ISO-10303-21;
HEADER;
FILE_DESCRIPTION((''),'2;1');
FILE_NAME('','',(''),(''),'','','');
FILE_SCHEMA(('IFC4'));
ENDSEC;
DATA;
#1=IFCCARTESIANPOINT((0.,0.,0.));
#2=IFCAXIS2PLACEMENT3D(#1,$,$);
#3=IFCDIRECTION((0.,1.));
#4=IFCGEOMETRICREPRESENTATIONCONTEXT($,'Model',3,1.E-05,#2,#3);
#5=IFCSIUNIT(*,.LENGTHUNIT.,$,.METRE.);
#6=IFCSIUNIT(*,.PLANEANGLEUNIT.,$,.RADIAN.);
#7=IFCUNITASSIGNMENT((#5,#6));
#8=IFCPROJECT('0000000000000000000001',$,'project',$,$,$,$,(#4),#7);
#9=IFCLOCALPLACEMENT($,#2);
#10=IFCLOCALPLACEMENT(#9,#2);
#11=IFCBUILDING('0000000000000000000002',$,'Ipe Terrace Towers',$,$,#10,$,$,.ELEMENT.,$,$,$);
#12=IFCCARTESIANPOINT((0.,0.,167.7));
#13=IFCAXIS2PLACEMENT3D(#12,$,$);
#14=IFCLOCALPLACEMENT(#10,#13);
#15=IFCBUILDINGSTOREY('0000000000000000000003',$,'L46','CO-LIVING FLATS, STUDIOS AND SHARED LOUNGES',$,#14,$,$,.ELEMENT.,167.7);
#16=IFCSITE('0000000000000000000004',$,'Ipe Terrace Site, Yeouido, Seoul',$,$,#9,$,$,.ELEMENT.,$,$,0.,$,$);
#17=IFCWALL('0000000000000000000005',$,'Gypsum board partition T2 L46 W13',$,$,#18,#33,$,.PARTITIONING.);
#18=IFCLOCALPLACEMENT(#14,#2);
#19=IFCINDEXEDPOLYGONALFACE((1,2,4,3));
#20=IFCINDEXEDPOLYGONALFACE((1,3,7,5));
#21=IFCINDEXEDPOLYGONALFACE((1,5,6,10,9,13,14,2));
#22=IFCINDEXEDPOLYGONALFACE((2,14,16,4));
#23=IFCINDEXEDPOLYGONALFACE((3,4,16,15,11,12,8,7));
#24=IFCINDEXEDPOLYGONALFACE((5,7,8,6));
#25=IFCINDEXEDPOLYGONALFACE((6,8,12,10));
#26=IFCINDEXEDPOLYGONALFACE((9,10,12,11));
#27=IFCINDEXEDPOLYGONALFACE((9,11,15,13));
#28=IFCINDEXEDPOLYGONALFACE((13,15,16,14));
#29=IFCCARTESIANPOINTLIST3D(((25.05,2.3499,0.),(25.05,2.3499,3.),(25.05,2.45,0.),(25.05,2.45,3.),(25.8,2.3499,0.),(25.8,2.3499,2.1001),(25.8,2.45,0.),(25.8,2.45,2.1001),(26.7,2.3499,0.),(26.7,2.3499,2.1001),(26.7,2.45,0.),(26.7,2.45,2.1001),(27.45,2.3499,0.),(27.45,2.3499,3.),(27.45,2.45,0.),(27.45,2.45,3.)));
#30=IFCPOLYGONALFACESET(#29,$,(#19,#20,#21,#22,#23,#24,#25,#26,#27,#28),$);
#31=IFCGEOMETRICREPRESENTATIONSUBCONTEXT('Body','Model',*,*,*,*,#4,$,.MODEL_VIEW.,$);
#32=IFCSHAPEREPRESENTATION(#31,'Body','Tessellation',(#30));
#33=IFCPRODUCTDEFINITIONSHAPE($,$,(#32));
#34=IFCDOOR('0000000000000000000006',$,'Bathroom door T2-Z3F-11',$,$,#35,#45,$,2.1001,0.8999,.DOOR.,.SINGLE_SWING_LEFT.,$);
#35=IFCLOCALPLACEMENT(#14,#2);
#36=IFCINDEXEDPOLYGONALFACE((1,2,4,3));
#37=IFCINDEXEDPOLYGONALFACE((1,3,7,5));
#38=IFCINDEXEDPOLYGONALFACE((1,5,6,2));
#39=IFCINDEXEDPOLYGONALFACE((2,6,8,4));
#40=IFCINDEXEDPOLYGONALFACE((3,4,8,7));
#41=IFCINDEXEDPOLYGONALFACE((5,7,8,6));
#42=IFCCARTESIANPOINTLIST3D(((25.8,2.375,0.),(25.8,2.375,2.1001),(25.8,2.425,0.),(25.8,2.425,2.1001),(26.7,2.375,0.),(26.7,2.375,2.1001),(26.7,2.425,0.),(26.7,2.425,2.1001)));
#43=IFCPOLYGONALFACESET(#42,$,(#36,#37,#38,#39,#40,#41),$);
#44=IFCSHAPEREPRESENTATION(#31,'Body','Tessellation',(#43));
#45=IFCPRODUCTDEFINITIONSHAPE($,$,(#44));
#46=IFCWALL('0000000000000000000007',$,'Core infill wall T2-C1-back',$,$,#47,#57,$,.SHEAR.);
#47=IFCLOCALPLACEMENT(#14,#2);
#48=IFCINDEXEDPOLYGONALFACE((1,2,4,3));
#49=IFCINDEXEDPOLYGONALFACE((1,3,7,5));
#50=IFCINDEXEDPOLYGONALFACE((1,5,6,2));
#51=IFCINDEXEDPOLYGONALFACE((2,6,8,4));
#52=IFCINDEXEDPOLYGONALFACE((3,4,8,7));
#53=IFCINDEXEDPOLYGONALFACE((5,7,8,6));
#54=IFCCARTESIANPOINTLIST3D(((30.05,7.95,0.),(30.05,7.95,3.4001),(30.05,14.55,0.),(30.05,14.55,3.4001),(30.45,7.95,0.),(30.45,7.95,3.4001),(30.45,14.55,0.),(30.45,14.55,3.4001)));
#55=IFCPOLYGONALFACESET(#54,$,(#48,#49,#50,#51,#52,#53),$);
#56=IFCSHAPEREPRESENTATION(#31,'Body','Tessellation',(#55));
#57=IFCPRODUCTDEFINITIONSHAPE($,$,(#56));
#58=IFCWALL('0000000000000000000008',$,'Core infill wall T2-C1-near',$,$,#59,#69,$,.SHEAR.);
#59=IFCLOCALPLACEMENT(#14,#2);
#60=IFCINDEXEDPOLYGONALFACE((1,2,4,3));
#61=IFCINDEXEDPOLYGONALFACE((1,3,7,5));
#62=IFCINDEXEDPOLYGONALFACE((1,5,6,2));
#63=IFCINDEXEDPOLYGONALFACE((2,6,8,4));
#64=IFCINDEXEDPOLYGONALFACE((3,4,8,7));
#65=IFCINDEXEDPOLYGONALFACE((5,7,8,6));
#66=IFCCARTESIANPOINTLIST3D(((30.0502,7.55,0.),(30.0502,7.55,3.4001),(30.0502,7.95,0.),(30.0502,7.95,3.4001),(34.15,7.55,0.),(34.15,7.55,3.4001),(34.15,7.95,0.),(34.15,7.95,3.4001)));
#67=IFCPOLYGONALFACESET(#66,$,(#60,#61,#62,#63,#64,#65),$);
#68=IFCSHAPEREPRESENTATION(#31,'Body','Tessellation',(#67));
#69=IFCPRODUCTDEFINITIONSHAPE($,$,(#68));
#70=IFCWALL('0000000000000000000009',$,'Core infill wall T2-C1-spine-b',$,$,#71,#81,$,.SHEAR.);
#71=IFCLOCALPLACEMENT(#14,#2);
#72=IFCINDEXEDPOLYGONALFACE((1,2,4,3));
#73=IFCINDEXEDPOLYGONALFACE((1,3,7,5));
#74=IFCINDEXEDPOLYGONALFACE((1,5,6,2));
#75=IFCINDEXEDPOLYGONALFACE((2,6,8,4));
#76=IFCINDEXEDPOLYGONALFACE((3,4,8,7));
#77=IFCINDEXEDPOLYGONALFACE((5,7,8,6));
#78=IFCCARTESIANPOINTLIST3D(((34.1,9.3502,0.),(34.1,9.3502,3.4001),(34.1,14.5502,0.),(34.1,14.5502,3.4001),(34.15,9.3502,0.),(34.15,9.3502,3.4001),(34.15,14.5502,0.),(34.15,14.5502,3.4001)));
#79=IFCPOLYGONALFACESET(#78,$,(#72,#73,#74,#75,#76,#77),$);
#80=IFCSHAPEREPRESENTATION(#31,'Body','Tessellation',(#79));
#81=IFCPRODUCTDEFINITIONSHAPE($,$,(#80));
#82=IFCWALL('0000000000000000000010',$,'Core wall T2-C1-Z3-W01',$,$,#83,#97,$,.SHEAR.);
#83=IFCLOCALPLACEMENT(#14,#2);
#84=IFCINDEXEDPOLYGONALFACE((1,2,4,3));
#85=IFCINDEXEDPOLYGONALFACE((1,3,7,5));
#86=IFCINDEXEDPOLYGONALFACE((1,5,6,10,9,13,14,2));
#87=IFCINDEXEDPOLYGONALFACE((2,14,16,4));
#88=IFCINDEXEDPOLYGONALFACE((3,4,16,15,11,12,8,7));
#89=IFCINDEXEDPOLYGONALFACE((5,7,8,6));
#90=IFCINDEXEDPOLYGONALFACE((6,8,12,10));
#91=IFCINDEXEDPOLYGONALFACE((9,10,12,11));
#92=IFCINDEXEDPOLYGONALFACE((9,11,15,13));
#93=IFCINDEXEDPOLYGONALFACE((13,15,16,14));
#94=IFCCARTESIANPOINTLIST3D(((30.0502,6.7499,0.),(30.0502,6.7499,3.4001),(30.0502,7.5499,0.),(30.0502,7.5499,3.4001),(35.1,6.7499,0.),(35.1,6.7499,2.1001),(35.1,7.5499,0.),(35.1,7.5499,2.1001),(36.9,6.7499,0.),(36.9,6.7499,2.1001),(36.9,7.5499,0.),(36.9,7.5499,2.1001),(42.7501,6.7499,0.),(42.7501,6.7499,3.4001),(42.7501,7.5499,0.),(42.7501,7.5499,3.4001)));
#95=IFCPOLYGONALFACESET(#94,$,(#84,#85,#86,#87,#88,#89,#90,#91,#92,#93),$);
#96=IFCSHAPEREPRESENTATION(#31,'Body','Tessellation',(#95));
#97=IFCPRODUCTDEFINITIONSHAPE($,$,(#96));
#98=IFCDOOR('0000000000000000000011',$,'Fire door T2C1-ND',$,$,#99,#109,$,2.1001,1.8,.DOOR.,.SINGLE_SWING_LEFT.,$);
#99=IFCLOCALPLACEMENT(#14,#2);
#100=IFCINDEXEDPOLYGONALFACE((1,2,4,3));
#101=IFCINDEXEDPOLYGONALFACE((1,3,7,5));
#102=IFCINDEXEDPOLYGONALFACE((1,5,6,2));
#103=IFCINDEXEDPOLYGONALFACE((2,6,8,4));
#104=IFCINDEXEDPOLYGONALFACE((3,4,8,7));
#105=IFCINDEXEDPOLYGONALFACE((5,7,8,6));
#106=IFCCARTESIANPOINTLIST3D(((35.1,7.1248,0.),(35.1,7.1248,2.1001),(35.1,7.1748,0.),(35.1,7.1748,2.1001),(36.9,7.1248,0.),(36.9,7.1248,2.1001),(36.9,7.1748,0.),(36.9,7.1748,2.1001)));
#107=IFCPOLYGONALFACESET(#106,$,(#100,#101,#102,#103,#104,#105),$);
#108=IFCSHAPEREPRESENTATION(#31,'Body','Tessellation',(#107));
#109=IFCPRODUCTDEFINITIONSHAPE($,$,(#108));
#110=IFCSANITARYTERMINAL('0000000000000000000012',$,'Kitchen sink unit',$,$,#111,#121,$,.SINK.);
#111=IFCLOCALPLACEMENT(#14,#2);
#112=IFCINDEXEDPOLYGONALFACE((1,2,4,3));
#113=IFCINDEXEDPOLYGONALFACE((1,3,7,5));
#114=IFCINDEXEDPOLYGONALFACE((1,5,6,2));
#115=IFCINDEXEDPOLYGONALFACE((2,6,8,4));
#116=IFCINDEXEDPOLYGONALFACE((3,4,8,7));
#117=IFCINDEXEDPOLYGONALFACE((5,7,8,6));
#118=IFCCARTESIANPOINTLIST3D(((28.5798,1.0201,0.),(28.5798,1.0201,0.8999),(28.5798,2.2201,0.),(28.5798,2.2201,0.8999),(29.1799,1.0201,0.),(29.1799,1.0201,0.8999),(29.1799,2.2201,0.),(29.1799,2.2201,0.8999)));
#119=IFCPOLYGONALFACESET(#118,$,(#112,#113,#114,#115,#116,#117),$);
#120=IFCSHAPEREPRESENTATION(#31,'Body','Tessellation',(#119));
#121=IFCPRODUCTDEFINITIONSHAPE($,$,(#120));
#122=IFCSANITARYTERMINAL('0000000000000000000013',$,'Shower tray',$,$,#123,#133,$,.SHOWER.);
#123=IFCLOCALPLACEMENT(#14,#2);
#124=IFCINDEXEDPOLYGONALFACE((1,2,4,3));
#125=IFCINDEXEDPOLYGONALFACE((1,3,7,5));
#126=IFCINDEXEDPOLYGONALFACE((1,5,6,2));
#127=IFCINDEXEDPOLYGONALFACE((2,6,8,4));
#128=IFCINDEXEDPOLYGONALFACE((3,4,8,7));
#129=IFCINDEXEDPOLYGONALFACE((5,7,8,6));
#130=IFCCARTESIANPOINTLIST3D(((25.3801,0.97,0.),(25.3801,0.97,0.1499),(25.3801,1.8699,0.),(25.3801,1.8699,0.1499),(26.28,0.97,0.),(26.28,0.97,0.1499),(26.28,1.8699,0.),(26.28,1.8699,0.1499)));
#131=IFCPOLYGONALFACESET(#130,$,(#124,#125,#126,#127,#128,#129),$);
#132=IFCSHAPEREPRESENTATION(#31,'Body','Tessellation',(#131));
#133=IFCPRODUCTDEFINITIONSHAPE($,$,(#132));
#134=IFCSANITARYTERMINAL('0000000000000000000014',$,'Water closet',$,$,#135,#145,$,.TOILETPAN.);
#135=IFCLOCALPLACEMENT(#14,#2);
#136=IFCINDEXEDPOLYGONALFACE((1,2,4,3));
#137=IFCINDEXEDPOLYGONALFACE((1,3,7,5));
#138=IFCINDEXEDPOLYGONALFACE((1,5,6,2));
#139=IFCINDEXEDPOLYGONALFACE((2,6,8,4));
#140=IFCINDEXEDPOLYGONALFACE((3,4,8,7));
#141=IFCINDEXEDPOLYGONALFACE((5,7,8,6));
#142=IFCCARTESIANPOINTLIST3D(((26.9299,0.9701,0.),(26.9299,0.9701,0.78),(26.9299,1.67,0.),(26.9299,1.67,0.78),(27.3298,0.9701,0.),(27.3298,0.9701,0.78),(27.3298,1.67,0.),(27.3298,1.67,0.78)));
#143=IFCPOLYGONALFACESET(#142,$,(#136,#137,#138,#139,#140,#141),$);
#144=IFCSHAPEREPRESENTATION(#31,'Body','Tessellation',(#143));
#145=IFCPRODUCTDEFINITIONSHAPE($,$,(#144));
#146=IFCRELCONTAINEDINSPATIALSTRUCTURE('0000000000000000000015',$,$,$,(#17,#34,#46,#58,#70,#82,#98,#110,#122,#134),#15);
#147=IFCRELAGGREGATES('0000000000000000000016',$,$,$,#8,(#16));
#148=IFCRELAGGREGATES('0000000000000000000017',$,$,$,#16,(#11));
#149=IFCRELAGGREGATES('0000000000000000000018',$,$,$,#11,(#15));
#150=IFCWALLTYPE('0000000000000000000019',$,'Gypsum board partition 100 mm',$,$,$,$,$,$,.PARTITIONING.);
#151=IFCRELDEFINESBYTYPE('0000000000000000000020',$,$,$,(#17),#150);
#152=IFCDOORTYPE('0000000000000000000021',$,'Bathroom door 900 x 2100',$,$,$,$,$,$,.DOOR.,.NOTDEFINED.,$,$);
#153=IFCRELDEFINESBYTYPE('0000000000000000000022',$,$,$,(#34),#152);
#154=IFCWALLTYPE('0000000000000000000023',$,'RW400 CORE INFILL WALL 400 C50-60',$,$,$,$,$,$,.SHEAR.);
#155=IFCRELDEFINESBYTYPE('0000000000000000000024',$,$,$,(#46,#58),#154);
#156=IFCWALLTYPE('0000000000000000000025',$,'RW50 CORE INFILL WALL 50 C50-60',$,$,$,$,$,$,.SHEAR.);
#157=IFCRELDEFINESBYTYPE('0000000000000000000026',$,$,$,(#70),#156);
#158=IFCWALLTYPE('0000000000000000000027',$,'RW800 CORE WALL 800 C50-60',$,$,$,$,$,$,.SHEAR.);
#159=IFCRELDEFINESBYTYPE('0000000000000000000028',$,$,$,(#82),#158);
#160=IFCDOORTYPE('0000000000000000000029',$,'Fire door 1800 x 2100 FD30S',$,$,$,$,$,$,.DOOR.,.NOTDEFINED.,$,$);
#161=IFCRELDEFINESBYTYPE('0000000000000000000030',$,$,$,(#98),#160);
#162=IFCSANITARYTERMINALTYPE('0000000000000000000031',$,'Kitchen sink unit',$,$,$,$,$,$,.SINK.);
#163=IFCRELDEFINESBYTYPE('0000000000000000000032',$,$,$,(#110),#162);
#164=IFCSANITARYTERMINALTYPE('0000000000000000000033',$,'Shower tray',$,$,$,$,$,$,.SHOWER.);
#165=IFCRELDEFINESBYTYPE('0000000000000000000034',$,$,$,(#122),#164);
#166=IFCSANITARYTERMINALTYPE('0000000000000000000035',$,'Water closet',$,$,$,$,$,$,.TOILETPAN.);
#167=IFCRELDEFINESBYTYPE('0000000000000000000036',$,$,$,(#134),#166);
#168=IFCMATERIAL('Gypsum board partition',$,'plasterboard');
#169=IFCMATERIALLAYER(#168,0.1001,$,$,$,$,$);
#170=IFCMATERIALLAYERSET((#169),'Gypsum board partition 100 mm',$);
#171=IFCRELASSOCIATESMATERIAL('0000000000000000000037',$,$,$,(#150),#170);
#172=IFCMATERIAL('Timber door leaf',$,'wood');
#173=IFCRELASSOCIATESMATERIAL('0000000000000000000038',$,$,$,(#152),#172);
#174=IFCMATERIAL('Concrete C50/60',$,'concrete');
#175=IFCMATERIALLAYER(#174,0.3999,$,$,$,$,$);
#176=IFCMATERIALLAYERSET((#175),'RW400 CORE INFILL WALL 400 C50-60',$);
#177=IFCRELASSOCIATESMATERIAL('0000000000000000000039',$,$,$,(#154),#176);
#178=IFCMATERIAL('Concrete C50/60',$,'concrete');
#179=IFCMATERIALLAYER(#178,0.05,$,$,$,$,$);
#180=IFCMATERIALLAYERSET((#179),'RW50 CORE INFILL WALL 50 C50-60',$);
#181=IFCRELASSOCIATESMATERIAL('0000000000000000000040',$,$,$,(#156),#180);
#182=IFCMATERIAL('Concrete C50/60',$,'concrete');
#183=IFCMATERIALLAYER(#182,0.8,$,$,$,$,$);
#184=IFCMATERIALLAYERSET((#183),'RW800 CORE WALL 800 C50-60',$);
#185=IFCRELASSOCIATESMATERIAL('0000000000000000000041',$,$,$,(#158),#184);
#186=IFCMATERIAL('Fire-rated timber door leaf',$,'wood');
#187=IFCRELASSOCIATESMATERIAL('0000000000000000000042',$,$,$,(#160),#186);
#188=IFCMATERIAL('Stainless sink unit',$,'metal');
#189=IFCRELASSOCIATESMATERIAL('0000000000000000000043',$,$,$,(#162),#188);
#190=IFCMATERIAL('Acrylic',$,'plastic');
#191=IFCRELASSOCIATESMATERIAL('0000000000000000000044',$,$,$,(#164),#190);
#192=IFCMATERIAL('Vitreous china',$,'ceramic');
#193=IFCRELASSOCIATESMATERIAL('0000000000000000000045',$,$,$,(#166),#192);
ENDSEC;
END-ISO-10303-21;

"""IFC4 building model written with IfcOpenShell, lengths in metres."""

from ifc_helpers import new_model, si_unit, direction, frame, frame_2d, origin, origin_2d, place, context, subcontext, project, spatial, rectangle, extrude, material, layer, layer_set, type_object, element, fill, save


model = new_model("IFC4")

# Units and contexts
model_context = context("Model", 3, precision=1e-05, world=origin(), true_north=direction((0.0, 1.0)))
body_context = subcontext(model_context, "Body", "Model", "MODEL_VIEW")
ifc_project = project(units=[si_unit("LENGTHUNIT", "METRE"), si_unit("PLANEANGLEUNIT", "RADIAN")], contexts=[model_context])

# Site, building, storey
site_placement = place(None, origin())
site = spatial("IfcSite", under=ifc_project, at=site_placement, Name="Ipe Terrace Site, Yeouido, Seoul", CompositionType="ELEMENT", RefElevation=0.0)
building_placement = place(site_placement, origin())
building = spatial("IfcBuilding", under=site, at=building_placement, Name="Ipe Terrace Towers", CompositionType="ELEMENT")
storey_placement = place(building_placement, frame((0.0, 0.0, 167.7)))
storey = spatial("IfcBuildingStorey", under=building, at=storey_placement, Name="L46", Description="CO-LIVING FLATS, STUDIOS AND SHARED LOUNGES", CompositionType="ELEMENT", Elevation=167.7)

# Wall, opening, door
ifc_material_1 = material(Name="Gypsum board partition", Category="plasterboard")
ifc_layer_1 = layer(ifc_material_1, 0.1001)
ifc_layer_set_1 = layer_set([ifc_layer_1], Name="Gypsum board partition 100 mm")
wall_type_1 = type_object("IfcWallType", Name="Gypsum board partition 100 mm", PredefinedType="PARTITIONING", material=ifc_layer_set_1)
wall_1_placement = place(storey_placement, frame((27.45, 2.3999, 0.0), z_axis=(0.0, 0.0, 1.0), x_axis=(-1.0, 0.0, 0.0)))
wall_1 = element("IfcWall", 1, at=wall_1_placement, inside=storey, type_object=wall_type_1, Name="Gypsum board partition T2 L46 W13", PredefinedType="PARTITIONING", context=body_context, shape_type="SweptSolid", body=[
    extrude(rectangle(XDim=2.3999, YDim=0.1001, at=frame_2d((1.2, 0.0))), origin(), (0.0, 0.0, 1.0), 3.0),
])
opening_1_placement = place(wall_1_placement, frame((0.75, 0.0, 0.0)))
opening_1 = element("IfcOpeningElement", 2, at=opening_1_placement, cuts=wall_1, PredefinedType="OPENING", context=body_context, shape_type="SweptSolid", body=[
    extrude(rectangle(XDim=0.8999, YDim=2.1001, at=frame_2d((0.45, 1.05))), frame((0.0, 0.0601, 0.0), z_axis=(0.0, -1.0, 0.0), x_axis=(1.0, 0.0, 0.0)), (0.0, 0.0, 1.0), 0.1201),
])
ifc_material_2 = material(Name="Timber door leaf", Category="wood")
door_type_1 = type_object("IfcDoorType", Name="Bathroom door 900 x 2100", OperationType="NOTDEFINED", PredefinedType="DOOR", material=ifc_material_2)
door_1_placement = place(opening_1_placement, origin())
door_1 = element("IfcDoor", 3, at=door_1_placement, inside=storey, type_object=door_type_1, Name="Bathroom door T2-Z3F-11", OperationType="SINGLE_SWING_LEFT", OverallHeight=2.1001, OverallWidth=0.8999, PredefinedType="DOOR", context=body_context, shape_type="SweptSolid", body=[
    extrude(rectangle(XDim=0.8999, YDim=2.1001, at=frame_2d((0.45, 1.05))), frame((0.0, 0.0249, 0.0), z_axis=(0.0, -1.0, 0.0), x_axis=(1.0, 0.0, 0.0)), (0.0, 0.0, 1.0), 0.05),
])
fill(opening_1, door_1)

# Walls
ifc_material_3 = material(Name="Concrete C50/60", Category="concrete")
ifc_layer_2 = layer(ifc_material_3, 0.3999)
ifc_layer_set_2 = layer_set([ifc_layer_2], Name="RW400 CORE INFILL WALL 400 C50-60")
wall_type_2 = type_object("IfcWallType", Name="RW400 CORE INFILL WALL 400 C50-60", PredefinedType="SHEAR", material=ifc_layer_set_2)
wall_2_placement = place(storey_placement, frame((30.25, 7.95, 0.0), z_axis=(0.0, 0.0, 1.0), x_axis=(0.0, 1.0, 0.0)))
element("IfcWall", 4, at=wall_2_placement, inside=storey, type_object=wall_type_2, Name="Core infill wall T2-C1-back", PredefinedType="SHEAR", context=body_context, shape_type="SweptSolid", body=[
    extrude(rectangle(XDim=6.6001, YDim=0.3999, at=frame_2d((3.3, 0.0))), origin(), (0.0, 0.0, 1.0), 3.4001),
])
wall_3_placement = place(storey_placement, frame((34.1499, 7.75, 0.0), z_axis=(0.0, 0.0, 1.0), x_axis=(-1.0, 0.0, 0.0)))
element("IfcWall", 5, at=wall_3_placement, inside=storey, type_object=wall_type_2, Name="Core infill wall T2-C1-near", PredefinedType="SHEAR", context=body_context, shape_type="SweptSolid", body=[
    extrude(rectangle(XDim=4.0999, YDim=0.3999, at=frame_2d((2.0498, 0.0))), origin(), (0.0, 0.0, 1.0), 3.4001),
])
ifc_material_4 = material(Name="Concrete C50/60", Category="concrete")
ifc_layer_3 = layer(ifc_material_4, 0.05)
ifc_layer_set_3 = layer_set([ifc_layer_3], Name="RW50 CORE INFILL WALL 50 C50-60")
wall_type_3 = type_object("IfcWallType", Name="RW50 CORE INFILL WALL 50 C50-60", PredefinedType="SHEAR", material=ifc_layer_set_3)
wall_4_placement = place(storey_placement, frame((34.125, 9.3501, 0.0), z_axis=(0.0, 0.0, 1.0), x_axis=(0.0, 1.0, 0.0)))
element("IfcWall", 6, at=wall_4_placement, inside=storey, type_object=wall_type_3, Name="Core infill wall T2-C1-spine-b", PredefinedType="SHEAR", context=body_context, shape_type="SweptSolid", body=[
    extrude(rectangle(XDim=5.2, YDim=0.05, at=frame_2d((2.6001, 0.0))), origin(), (0.0, 0.0, 1.0), 3.4001),
])

# Wall, opening, door
ifc_material_5 = material(Name="Concrete C50/60", Category="concrete")
ifc_layer_4 = layer(ifc_material_5, 0.8)
ifc_layer_set_4 = layer_set([ifc_layer_4], Name="RW800 CORE WALL 800 C50-60")
wall_type_4 = type_object("IfcWallType", Name="RW800 CORE WALL 800 C50-60", PredefinedType="SHEAR", material=ifc_layer_set_4)
wall_5_placement = place(storey_placement, frame((30.05, 7.1499, 0.0), z_axis=(0.0, 0.0, 1.0), x_axis=(1.0, 0.0, 0.0)))
wall_5 = element("IfcWall", 7, at=wall_5_placement, inside=storey, type_object=wall_type_4, Name="Core wall T2-C1-Z3-W01", PredefinedType="SHEAR", context=body_context, shape_type="SweptSolid", body=[
    extrude(rectangle(XDim=12.7, YDim=0.8, at=frame_2d((6.3501, 0.0))), origin(), (0.0, 0.0, 1.0), 3.4001),
])
opening_2_placement = place(wall_5_placement, frame((5.05, 0.0, 0.0)))
opening_2 = element("IfcOpeningElement", 8, at=opening_2_placement, cuts=wall_5, PredefinedType="OPENING", context=body_context, shape_type="SweptSolid", body=[
    extrude(rectangle(XDim=1.8, YDim=2.1001, at=frame_2d((0.8999, 1.05))), frame((0.0, 0.4102, 0.0), z_axis=(0.0, -1.0, 0.0), x_axis=(1.0, 0.0, 0.0)), (0.0, 0.0, 1.0), 0.8201),
])
ifc_material_6 = material(Name="Fire-rated timber door leaf", Category="wood")
door_type_2 = type_object("IfcDoorType", Name="Fire door 1800 x 2100 FD30S", OperationType="NOTDEFINED", PredefinedType="DOOR", material=ifc_material_6)
door_2_placement = place(opening_2_placement, origin())
door_2 = element("IfcDoor", 9, at=door_2_placement, inside=storey, type_object=door_type_2, Name="Fire door T2C1-ND", OperationType="SINGLE_SWING_LEFT", OverallHeight=2.1001, OverallWidth=1.8, PredefinedType="DOOR", context=body_context, shape_type="SweptSolid", body=[
    extrude(rectangle(XDim=1.8, YDim=2.1001, at=frame_2d((0.8999, 1.05))), frame((0.0, 0.0249, 0.0), z_axis=(0.0, -1.0, 0.0), x_axis=(1.0, 0.0, 0.0)), (0.0, 0.0, 1.0), 0.05),
])
fill(opening_2, door_2)

# Sanitary terminals
ifc_material_7 = material(Name="Stainless sink unit", Category="metal")
sanitary_terminal_type_1 = type_object("IfcSanitaryTerminalType", Name="Kitchen sink unit", PredefinedType="SINK", material=ifc_material_7)
sanitary_terminal_1_placement = place(storey_placement, frame((28.8799, 1.6201, 0.0), z_axis=(0.0, 0.0, 1.0), x_axis=(0.0, -1.0, 0.0)))
element("IfcSanitaryTerminal", 10, at=sanitary_terminal_1_placement, inside=storey, type_object=sanitary_terminal_type_1, Name="Kitchen sink unit", PredefinedType="SINK", context=body_context, shape_type="SweptSolid", body=[
    extrude(rectangle(XDim=1.2, YDim=0.6001, at=origin_2d()), origin(), (0.0, 0.0, 1.0), 0.8999),
])
ifc_material_8 = material(Name="Acrylic", Category="plastic")
sanitary_terminal_type_2 = type_object("IfcSanitaryTerminalType", Name="Shower tray", PredefinedType="SHOWER", material=ifc_material_8)
sanitary_terminal_2_placement = place(storey_placement, frame((25.8301, 1.4199, 0.0), z_axis=(0.0, 0.0, 1.0), x_axis=(0.0, 1.0, 0.0)))
element("IfcSanitaryTerminal", 11, at=sanitary_terminal_2_placement, inside=storey, type_object=sanitary_terminal_type_2, Name="Shower tray", PredefinedType="SHOWER", context=body_context, shape_type="SweptSolid", body=[
    extrude(rectangle(XDim=0.8999, YDim=0.8999, at=origin_2d()), origin(), (0.0, 0.0, 1.0), 0.1499),
])
ifc_material_9 = material(Name="Vitreous china", Category="ceramic")
sanitary_terminal_type_3 = type_object("IfcSanitaryTerminalType", Name="Water closet", PredefinedType="TOILETPAN", material=ifc_material_9)
sanitary_terminal_3_placement = place(storey_placement, frame((27.1299, 1.3201, 0.0), z_axis=(0.0, 0.0, 1.0), x_axis=(0.0, 1.0, 0.0)))
element("IfcSanitaryTerminal", 12, at=sanitary_terminal_3_placement, inside=storey, type_object=sanitary_terminal_type_3, Name="Water closet", PredefinedType="TOILETPAN", context=body_context, shape_type="SweptSolid", body=[
    extrude(rectangle(XDim=0.7, YDim=0.3999, at=origin_2d()), origin(), (0.0, 0.0, 1.0), 0.78),
])

save(model, "model.ifc")
